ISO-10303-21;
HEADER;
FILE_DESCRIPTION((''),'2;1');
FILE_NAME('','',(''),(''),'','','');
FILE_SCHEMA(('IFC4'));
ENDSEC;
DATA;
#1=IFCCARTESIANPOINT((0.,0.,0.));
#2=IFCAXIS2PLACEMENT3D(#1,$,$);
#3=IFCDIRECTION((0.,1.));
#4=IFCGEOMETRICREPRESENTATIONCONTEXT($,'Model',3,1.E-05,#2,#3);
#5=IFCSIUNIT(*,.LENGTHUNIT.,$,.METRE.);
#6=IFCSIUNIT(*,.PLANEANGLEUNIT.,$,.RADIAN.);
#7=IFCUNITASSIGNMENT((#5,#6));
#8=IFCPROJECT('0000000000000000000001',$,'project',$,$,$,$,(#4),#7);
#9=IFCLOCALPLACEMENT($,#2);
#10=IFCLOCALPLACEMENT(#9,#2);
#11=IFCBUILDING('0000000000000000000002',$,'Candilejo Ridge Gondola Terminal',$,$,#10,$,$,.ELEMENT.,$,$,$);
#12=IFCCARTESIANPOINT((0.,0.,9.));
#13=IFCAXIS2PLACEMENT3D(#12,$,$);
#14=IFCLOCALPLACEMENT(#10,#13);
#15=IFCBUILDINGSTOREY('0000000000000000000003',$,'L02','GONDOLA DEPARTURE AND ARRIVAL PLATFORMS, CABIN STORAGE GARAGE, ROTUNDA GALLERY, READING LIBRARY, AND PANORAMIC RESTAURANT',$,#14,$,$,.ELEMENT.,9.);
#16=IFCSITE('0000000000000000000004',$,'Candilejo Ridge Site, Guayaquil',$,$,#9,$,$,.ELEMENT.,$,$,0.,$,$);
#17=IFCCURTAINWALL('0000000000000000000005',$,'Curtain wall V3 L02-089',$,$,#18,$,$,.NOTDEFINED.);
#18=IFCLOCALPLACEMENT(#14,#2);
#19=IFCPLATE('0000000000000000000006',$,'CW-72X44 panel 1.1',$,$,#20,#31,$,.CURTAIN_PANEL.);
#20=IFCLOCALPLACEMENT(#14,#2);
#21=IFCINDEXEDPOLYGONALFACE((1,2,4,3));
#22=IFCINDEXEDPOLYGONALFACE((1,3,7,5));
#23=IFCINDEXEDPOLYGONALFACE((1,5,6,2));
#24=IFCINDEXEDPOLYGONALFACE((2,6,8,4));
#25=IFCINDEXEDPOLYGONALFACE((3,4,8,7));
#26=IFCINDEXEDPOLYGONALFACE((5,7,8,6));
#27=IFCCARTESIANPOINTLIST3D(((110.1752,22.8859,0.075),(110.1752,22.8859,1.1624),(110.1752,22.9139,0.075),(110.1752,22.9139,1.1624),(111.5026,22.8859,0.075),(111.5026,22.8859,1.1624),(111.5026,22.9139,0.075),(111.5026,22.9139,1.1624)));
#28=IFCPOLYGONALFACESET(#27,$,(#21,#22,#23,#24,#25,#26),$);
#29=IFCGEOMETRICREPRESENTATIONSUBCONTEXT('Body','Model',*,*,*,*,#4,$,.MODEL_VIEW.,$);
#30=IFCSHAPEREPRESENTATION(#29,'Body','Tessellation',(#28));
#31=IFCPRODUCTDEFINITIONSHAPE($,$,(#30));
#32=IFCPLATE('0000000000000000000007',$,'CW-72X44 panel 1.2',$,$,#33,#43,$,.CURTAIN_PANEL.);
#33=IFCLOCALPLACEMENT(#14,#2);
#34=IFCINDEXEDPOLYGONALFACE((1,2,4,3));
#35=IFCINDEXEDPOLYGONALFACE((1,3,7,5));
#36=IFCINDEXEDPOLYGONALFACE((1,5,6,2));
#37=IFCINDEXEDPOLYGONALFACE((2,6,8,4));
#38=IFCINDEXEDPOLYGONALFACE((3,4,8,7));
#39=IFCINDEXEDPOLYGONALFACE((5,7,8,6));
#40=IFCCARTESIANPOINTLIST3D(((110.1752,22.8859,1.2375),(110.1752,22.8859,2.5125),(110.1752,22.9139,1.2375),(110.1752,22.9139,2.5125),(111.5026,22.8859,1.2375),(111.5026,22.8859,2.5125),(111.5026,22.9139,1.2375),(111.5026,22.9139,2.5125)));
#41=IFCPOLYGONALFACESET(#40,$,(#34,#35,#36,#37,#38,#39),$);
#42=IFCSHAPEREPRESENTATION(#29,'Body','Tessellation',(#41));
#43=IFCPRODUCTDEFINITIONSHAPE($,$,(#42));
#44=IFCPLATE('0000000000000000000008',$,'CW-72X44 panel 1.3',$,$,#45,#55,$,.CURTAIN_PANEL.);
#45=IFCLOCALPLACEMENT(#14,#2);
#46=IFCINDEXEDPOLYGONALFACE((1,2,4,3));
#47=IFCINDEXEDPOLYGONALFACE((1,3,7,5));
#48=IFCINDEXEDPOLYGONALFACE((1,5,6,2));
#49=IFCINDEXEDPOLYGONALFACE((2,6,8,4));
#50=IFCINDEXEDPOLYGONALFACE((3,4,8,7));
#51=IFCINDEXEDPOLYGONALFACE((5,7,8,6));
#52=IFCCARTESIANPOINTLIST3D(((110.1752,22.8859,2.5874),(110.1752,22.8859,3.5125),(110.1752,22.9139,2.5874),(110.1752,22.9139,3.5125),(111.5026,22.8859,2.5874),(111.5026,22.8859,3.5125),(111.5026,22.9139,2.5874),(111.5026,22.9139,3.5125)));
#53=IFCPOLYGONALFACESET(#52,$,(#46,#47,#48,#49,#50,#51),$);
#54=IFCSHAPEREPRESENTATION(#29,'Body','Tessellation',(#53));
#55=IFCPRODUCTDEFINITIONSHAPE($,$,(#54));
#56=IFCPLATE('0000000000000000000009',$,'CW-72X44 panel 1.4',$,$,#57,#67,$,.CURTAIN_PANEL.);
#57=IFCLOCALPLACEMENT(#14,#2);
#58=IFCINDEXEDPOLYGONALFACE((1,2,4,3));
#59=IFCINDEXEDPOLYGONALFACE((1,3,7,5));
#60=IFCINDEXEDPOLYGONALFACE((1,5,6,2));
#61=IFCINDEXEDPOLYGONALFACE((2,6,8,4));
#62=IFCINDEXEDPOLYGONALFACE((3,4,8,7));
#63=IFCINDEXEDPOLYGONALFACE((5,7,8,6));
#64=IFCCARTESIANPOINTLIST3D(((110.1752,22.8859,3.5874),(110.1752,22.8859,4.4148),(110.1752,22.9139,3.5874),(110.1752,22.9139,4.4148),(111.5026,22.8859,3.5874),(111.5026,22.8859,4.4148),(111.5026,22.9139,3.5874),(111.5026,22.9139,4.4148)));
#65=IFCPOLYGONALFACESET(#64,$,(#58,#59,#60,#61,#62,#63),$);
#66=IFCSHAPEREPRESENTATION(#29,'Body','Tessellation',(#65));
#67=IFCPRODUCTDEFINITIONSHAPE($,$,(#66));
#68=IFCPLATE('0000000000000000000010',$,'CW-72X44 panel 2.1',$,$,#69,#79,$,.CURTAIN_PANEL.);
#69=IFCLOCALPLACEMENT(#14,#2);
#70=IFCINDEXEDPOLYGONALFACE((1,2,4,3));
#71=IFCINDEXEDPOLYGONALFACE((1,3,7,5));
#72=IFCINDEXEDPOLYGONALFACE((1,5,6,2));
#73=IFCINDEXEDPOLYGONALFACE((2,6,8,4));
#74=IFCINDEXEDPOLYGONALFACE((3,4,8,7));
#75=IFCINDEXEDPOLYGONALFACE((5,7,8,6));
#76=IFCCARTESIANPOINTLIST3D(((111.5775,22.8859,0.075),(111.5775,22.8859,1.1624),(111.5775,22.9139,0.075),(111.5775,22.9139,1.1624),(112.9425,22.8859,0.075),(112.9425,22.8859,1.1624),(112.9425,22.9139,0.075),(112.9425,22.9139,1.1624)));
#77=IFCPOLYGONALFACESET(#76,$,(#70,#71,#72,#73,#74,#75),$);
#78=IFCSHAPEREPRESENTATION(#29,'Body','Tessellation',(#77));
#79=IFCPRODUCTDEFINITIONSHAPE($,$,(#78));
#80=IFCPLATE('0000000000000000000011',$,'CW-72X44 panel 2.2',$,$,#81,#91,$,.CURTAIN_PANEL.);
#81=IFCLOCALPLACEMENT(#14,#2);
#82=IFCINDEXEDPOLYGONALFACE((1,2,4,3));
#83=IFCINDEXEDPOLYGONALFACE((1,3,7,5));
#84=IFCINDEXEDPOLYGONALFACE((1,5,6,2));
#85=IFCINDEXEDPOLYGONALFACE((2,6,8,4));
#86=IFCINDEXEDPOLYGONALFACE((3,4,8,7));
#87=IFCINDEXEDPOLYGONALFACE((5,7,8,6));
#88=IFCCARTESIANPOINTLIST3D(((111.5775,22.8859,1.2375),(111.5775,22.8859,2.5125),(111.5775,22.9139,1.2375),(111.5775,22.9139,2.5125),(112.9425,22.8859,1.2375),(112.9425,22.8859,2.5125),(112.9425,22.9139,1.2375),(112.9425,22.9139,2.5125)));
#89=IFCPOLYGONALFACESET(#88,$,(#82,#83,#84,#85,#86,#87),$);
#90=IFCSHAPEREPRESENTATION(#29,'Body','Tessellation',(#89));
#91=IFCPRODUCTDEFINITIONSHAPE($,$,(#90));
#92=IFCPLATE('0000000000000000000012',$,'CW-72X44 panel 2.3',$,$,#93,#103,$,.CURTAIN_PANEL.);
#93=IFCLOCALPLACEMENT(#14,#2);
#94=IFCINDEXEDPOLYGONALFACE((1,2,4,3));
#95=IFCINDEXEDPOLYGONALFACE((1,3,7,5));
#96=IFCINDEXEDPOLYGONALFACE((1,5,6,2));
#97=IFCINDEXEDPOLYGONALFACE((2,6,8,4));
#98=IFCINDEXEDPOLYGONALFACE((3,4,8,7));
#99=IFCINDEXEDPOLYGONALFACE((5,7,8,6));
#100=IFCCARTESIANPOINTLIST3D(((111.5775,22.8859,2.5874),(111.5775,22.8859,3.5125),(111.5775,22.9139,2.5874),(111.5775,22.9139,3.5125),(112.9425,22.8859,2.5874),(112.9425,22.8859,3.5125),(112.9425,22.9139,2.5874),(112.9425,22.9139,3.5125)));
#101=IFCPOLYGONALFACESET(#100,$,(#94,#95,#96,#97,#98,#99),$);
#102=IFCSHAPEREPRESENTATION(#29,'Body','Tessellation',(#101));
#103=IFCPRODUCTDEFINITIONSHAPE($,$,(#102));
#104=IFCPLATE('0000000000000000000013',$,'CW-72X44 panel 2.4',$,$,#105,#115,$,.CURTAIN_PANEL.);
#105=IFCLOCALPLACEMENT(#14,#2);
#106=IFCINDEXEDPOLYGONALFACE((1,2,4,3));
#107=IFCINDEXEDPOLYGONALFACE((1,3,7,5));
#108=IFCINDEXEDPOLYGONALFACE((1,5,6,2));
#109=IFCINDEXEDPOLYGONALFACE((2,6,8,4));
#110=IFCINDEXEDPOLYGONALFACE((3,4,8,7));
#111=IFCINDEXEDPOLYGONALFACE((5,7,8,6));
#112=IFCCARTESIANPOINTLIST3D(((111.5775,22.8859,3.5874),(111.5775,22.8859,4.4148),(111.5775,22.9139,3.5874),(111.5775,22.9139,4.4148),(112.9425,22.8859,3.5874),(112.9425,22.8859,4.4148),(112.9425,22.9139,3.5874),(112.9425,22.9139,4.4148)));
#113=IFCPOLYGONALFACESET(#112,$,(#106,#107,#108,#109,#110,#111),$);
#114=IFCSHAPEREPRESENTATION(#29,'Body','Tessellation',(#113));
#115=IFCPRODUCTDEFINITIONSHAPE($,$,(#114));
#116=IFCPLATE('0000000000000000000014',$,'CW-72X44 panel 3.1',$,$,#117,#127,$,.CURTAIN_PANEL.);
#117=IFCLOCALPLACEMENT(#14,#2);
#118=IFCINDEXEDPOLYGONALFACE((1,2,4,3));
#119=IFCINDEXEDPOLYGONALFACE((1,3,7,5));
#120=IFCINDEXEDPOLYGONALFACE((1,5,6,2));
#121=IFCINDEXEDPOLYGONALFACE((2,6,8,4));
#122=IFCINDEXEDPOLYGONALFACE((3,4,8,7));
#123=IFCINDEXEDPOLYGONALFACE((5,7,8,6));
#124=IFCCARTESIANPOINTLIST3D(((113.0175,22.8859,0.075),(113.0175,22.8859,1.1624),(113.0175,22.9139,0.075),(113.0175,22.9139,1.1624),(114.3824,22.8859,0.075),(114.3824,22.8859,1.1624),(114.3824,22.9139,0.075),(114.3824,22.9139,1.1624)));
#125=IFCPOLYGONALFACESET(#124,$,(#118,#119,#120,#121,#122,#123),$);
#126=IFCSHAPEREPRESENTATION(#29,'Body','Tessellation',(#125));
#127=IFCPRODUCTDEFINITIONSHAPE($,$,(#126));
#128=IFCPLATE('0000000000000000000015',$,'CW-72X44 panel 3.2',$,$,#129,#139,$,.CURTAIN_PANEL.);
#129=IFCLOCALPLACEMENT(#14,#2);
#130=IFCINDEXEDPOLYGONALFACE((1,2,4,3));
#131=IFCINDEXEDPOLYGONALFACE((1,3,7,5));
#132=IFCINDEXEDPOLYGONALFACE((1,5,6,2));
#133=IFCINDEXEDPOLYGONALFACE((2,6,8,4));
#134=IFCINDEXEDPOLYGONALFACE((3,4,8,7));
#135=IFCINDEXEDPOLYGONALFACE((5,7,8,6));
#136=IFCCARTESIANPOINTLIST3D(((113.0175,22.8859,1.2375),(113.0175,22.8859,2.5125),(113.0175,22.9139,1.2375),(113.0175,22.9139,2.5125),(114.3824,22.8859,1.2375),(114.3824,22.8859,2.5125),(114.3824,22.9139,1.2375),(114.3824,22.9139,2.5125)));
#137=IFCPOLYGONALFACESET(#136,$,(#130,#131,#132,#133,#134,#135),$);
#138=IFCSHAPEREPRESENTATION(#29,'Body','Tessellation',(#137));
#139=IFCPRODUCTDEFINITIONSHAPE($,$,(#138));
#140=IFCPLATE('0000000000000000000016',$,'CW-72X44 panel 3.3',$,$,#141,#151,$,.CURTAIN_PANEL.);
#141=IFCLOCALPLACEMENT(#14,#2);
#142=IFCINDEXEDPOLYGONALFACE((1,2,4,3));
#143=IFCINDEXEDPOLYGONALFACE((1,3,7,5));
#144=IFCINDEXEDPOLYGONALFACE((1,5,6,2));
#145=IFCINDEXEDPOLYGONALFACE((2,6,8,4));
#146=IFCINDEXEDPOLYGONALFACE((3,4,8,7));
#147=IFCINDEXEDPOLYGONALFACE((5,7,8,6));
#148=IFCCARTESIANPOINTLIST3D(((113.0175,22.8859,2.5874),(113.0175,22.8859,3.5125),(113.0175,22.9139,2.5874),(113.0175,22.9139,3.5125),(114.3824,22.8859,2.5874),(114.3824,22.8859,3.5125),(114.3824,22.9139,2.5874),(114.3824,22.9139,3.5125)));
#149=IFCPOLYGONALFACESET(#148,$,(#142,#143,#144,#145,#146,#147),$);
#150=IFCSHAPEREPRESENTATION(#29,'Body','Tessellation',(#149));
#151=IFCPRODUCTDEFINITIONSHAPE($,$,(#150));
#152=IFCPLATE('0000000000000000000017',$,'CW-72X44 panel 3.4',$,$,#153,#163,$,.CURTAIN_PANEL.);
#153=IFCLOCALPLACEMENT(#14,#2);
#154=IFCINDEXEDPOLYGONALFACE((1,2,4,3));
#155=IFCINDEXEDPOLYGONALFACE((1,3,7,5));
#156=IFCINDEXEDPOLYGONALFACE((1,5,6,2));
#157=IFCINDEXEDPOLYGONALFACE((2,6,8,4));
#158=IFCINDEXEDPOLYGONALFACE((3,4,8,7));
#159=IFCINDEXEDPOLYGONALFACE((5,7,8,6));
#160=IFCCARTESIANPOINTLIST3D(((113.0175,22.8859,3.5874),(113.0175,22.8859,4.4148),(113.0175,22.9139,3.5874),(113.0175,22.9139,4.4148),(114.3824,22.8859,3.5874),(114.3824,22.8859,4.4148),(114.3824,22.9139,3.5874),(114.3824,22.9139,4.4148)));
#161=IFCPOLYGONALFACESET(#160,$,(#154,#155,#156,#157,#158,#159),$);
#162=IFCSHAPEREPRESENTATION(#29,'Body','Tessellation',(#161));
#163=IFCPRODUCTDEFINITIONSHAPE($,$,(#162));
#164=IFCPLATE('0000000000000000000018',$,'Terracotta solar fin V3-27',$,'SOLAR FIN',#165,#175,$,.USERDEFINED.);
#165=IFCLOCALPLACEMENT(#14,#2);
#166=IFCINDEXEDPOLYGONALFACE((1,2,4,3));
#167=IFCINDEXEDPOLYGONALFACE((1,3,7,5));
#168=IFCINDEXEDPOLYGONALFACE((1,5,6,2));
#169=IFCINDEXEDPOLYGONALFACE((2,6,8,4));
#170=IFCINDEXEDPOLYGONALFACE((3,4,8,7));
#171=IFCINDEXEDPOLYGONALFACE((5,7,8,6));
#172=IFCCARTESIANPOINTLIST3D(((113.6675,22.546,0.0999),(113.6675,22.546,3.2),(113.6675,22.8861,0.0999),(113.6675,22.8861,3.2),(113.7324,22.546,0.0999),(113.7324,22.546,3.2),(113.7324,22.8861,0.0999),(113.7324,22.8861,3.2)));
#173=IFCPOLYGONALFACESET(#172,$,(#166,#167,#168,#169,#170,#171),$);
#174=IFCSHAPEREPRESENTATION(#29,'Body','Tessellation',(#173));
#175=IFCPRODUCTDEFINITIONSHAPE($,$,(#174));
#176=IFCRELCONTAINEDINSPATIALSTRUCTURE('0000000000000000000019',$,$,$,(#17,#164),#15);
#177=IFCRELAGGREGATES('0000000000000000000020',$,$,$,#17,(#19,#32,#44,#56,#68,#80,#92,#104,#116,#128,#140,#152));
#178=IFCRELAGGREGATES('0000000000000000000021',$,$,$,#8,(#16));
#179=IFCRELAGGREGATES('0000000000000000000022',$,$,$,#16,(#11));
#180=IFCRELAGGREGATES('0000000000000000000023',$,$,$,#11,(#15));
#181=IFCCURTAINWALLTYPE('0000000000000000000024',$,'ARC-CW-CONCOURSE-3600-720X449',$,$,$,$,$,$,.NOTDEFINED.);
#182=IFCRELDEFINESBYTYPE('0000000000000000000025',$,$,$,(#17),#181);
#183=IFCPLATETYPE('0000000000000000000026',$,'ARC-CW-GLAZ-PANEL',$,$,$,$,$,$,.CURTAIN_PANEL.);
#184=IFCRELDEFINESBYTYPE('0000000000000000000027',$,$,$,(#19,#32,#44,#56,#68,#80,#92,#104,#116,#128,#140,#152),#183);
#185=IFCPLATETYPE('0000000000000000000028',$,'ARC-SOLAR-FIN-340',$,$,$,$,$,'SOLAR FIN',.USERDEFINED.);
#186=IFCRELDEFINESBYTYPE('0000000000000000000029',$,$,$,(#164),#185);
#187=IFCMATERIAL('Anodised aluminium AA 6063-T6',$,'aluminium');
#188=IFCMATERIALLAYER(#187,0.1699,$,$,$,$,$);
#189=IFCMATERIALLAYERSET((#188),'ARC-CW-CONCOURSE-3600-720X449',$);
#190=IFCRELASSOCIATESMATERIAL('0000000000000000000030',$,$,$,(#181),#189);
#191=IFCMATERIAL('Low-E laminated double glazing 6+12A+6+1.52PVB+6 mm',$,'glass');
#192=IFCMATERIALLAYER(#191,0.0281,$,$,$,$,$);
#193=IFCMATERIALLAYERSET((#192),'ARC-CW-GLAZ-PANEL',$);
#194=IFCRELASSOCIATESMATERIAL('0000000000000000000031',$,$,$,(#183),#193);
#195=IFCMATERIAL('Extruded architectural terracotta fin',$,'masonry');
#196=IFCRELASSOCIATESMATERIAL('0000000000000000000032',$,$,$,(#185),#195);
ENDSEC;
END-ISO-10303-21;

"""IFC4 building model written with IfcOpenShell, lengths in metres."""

from ifc_helpers import new_model, si_unit, direction, frame, origin, origin_2d, place, context, subcontext, project, spatial, rectangle, extrude, material, layer, layer_set, type_object, element, aggregate, save


model = new_model("IFC4")

# Units and contexts
model_context = context("Model", 3, precision=1e-05, world=origin(), true_north=direction((0.0, 1.0)))
body_context = subcontext(model_context, "Body", "Model", "MODEL_VIEW")
ifc_project = project(units=[si_unit("LENGTHUNIT", "METRE"), si_unit("PLANEANGLEUNIT", "RADIAN")], contexts=[model_context])

# Site, building, storey
site_placement = place(None, origin())
site = spatial("IfcSite", under=ifc_project, at=site_placement, Name="Candilejo Ridge Site, Guayaquil", CompositionType="ELEMENT", RefElevation=0.0)
building_placement = place(site_placement, origin())
building = spatial("IfcBuilding", under=site, at=building_placement, Name="Candilejo Ridge Gondola Terminal", CompositionType="ELEMENT")
storey_placement = place(building_placement, frame((0.0, 0.0, 9.0)))
storey = spatial("IfcBuildingStorey", under=building, at=storey_placement, Name="L02", Description="GONDOLA DEPARTURE AND ARRIVAL PLATFORMS, CABIN STORAGE GARAGE, ROTUNDA GALLERY, READING LIBRARY, AND PANORAMIC RESTAURANT", CompositionType="ELEMENT", Elevation=9.0)

# Curtain wall
ifc_material_1 = material(Name="Anodised aluminium AA 6063-T6", Category="aluminium")
ifc_layer_1 = layer(ifc_material_1, 0.1699)
ifc_layer_set_1 = layer_set([ifc_layer_1], Name="ARC-CW-CONCOURSE-3600-720X449")
curtain_wall_type = type_object("IfcCurtainWallType", Name="ARC-CW-CONCOURSE-3600-720X449", PredefinedType="NOTDEFINED", material=ifc_layer_set_1)
curtain_wall_placement = place(storey_placement, origin())
curtain_wall = element("IfcCurtainWall", 1, at=curtain_wall_placement, inside=storey, type_object=curtain_wall_type, Name="Curtain wall V3 L02-089", PredefinedType="NOTDEFINED")

# Plates
ifc_material_2 = material(Name="Low-E laminated double glazing 6+12A+6+1.52PVB+6 mm", Category="glass")
ifc_layer_2 = layer(ifc_material_2, 0.0281)
ifc_layer_set_2 = layer_set([ifc_layer_2], Name="ARC-CW-GLAZ-PANEL")
plate_type_1 = type_object("IfcPlateType", Name="ARC-CW-GLAZ-PANEL", PredefinedType="CURTAIN_PANEL", material=ifc_layer_set_2)
plate_1_placement = place(storey_placement, frame((110.8389, 22.8999, 0.075), z_axis=(0.0, 0.0, 1.0), x_axis=(1.0, 0.0, 0.0)))
plate_1 = element("IfcPlate", 2, at=plate_1_placement, type_object=plate_type_1, Name="CW-72X44 panel 1.1", PredefinedType="CURTAIN_PANEL", context=body_context, shape_type="SweptSolid", body=[
    extrude(rectangle(XDim=1.3274, YDim=0.0281, at=origin_2d()), origin(), (0.0, 0.0, 1.0), 1.0874),
])
plate_2_placement = place(storey_placement, frame((110.8389, 22.8999, 1.2375), z_axis=(0.0, 0.0, 1.0), x_axis=(1.0, 0.0, 0.0)))
plate_2 = element("IfcPlate", 3, at=plate_2_placement, type_object=plate_type_1, Name="CW-72X44 panel 1.2", PredefinedType="CURTAIN_PANEL", context=body_context, shape_type="SweptSolid", body=[
    extrude(rectangle(XDim=1.3274, YDim=0.0281, at=origin_2d()), origin(), (0.0, 0.0, 1.0), 1.2749),
])
plate_3_placement = place(storey_placement, frame((110.8389, 22.8999, 2.5874), z_axis=(0.0, 0.0, 1.0), x_axis=(1.0, 0.0, 0.0)))
plate_3 = element("IfcPlate", 4, at=plate_3_placement, type_object=plate_type_1, Name="CW-72X44 panel 1.3", PredefinedType="CURTAIN_PANEL", context=body_context, shape_type="SweptSolid", body=[
    extrude(rectangle(XDim=1.3274, YDim=0.0281, at=origin_2d()), origin(), (0.0, 0.0, 1.0), 0.925),
])
plate_4_placement = place(storey_placement, frame((110.8389, 22.8999, 3.5874), z_axis=(0.0, 0.0, 1.0), x_axis=(1.0, 0.0, 0.0)))
plate_4 = element("IfcPlate", 5, at=plate_4_placement, type_object=plate_type_1, Name="CW-72X44 panel 1.4", PredefinedType="CURTAIN_PANEL", context=body_context, shape_type="SweptSolid", body=[
    extrude(rectangle(XDim=1.3274, YDim=0.0281, at=origin_2d()), origin(), (0.0, 0.0, 1.0), 0.8274),
])
plate_5_placement = place(storey_placement, frame((112.26, 22.8999, 0.075), z_axis=(0.0, 0.0, 1.0), x_axis=(1.0, 0.0, 0.0)))
plate_5 = element("IfcPlate", 6, at=plate_5_placement, type_object=plate_type_1, Name="CW-72X44 panel 2.1", PredefinedType="CURTAIN_PANEL", context=body_context, shape_type="SweptSolid", body=[
    extrude(rectangle(XDim=1.365, YDim=0.0281, at=origin_2d()), origin(), (0.0, 0.0, 1.0), 1.0874),
])
plate_6_placement = place(storey_placement, frame((112.26, 22.8999, 1.2375), z_axis=(0.0, 0.0, 1.0), x_axis=(1.0, 0.0, 0.0)))
plate_6 = element("IfcPlate", 7, at=plate_6_placement, type_object=plate_type_1, Name="CW-72X44 panel 2.2", PredefinedType="CURTAIN_PANEL", context=body_context, shape_type="SweptSolid", body=[
    extrude(rectangle(XDim=1.365, YDim=0.0281, at=origin_2d()), origin(), (0.0, 0.0, 1.0), 1.2749),
])
plate_7_placement = place(storey_placement, frame((112.26, 22.8999, 2.5874), z_axis=(0.0, 0.0, 1.0), x_axis=(1.0, 0.0, 0.0)))
plate_7 = element("IfcPlate", 8, at=plate_7_placement, type_object=plate_type_1, Name="CW-72X44 panel 2.3", PredefinedType="CURTAIN_PANEL", context=body_context, shape_type="SweptSolid", body=[
    extrude(rectangle(XDim=1.365, YDim=0.0281, at=origin_2d()), origin(), (0.0, 0.0, 1.0), 0.925),
])
plate_8_placement = place(storey_placement, frame((112.26, 22.8999, 3.5874), z_axis=(0.0, 0.0, 1.0), x_axis=(1.0, 0.0, 0.0)))
plate_8 = element("IfcPlate", 9, at=plate_8_placement, type_object=plate_type_1, Name="CW-72X44 panel 2.4", PredefinedType="CURTAIN_PANEL", context=body_context, shape_type="SweptSolid", body=[
    extrude(rectangle(XDim=1.365, YDim=0.0281, at=origin_2d()), origin(), (0.0, 0.0, 1.0), 0.8274),
])
plate_9_placement = place(storey_placement, frame((113.7, 22.8999, 0.075), z_axis=(0.0, 0.0, 1.0), x_axis=(1.0, 0.0, 0.0)))
plate_9 = element("IfcPlate", 10, at=plate_9_placement, type_object=plate_type_1, Name="CW-72X44 panel 3.1", PredefinedType="CURTAIN_PANEL", context=body_context, shape_type="SweptSolid", body=[
    extrude(rectangle(XDim=1.365, YDim=0.0281, at=origin_2d()), origin(), (0.0, 0.0, 1.0), 1.0874),
])
plate_10_placement = place(storey_placement, frame((113.7, 22.8999, 1.2375), z_axis=(0.0, 0.0, 1.0), x_axis=(1.0, 0.0, 0.0)))
plate_10 = element("IfcPlate", 11, at=plate_10_placement, type_object=plate_type_1, Name="CW-72X44 panel 3.2", PredefinedType="CURTAIN_PANEL", context=body_context, shape_type="SweptSolid", body=[
    extrude(rectangle(XDim=1.365, YDim=0.0281, at=origin_2d()), origin(), (0.0, 0.0, 1.0), 1.2749),
])
plate_11_placement = place(storey_placement, frame((113.7, 22.8999, 2.5874), z_axis=(0.0, 0.0, 1.0), x_axis=(1.0, 0.0, 0.0)))
plate_11 = element("IfcPlate", 12, at=plate_11_placement, type_object=plate_type_1, Name="CW-72X44 panel 3.3", PredefinedType="CURTAIN_PANEL", context=body_context, shape_type="SweptSolid", body=[
    extrude(rectangle(XDim=1.365, YDim=0.0281, at=origin_2d()), origin(), (0.0, 0.0, 1.0), 0.925),
])
plate_12_placement = place(storey_placement, frame((113.7, 22.8999, 3.5874), z_axis=(0.0, 0.0, 1.0), x_axis=(1.0, 0.0, 0.0)))
plate_12 = element("IfcPlate", 13, at=plate_12_placement, type_object=plate_type_1, Name="CW-72X44 panel 3.4", PredefinedType="CURTAIN_PANEL", context=body_context, shape_type="SweptSolid", body=[
    extrude(rectangle(XDim=1.365, YDim=0.0281, at=origin_2d()), origin(), (0.0, 0.0, 1.0), 0.8274),
])
aggregate(curtain_wall, [plate_1, plate_2, plate_3, plate_4, plate_5, plate_6, plate_7, plate_8, plate_9, plate_10, plate_11, plate_12])
ifc_material_3 = material(Name="Extruded architectural terracotta fin", Category="masonry")
plate_type_2 = type_object("IfcPlateType", Name="ARC-SOLAR-FIN-340", ElementType="SOLAR FIN", PredefinedType="USERDEFINED", material=ifc_material_3)
plate_13_placement = place(storey_placement, frame((113.7, 22.7161, 0.0999), z_axis=(0.0, 0.0, 1.0), x_axis=(1.0, 0.0, 0.0)))
element("IfcPlate", 14, at=plate_13_placement, inside=storey, type_object=plate_type_2, Name="Terracotta solar fin V3-27", ObjectType="SOLAR FIN", PredefinedType="USERDEFINED", context=body_context, shape_type="SweptSolid", body=[
    extrude(rectangle(XDim=0.0649, YDim=0.3401, at=origin_2d()), origin(), (0.0, 0.0, 1.0), 3.1001),
])

save(model, "model.ifc")
